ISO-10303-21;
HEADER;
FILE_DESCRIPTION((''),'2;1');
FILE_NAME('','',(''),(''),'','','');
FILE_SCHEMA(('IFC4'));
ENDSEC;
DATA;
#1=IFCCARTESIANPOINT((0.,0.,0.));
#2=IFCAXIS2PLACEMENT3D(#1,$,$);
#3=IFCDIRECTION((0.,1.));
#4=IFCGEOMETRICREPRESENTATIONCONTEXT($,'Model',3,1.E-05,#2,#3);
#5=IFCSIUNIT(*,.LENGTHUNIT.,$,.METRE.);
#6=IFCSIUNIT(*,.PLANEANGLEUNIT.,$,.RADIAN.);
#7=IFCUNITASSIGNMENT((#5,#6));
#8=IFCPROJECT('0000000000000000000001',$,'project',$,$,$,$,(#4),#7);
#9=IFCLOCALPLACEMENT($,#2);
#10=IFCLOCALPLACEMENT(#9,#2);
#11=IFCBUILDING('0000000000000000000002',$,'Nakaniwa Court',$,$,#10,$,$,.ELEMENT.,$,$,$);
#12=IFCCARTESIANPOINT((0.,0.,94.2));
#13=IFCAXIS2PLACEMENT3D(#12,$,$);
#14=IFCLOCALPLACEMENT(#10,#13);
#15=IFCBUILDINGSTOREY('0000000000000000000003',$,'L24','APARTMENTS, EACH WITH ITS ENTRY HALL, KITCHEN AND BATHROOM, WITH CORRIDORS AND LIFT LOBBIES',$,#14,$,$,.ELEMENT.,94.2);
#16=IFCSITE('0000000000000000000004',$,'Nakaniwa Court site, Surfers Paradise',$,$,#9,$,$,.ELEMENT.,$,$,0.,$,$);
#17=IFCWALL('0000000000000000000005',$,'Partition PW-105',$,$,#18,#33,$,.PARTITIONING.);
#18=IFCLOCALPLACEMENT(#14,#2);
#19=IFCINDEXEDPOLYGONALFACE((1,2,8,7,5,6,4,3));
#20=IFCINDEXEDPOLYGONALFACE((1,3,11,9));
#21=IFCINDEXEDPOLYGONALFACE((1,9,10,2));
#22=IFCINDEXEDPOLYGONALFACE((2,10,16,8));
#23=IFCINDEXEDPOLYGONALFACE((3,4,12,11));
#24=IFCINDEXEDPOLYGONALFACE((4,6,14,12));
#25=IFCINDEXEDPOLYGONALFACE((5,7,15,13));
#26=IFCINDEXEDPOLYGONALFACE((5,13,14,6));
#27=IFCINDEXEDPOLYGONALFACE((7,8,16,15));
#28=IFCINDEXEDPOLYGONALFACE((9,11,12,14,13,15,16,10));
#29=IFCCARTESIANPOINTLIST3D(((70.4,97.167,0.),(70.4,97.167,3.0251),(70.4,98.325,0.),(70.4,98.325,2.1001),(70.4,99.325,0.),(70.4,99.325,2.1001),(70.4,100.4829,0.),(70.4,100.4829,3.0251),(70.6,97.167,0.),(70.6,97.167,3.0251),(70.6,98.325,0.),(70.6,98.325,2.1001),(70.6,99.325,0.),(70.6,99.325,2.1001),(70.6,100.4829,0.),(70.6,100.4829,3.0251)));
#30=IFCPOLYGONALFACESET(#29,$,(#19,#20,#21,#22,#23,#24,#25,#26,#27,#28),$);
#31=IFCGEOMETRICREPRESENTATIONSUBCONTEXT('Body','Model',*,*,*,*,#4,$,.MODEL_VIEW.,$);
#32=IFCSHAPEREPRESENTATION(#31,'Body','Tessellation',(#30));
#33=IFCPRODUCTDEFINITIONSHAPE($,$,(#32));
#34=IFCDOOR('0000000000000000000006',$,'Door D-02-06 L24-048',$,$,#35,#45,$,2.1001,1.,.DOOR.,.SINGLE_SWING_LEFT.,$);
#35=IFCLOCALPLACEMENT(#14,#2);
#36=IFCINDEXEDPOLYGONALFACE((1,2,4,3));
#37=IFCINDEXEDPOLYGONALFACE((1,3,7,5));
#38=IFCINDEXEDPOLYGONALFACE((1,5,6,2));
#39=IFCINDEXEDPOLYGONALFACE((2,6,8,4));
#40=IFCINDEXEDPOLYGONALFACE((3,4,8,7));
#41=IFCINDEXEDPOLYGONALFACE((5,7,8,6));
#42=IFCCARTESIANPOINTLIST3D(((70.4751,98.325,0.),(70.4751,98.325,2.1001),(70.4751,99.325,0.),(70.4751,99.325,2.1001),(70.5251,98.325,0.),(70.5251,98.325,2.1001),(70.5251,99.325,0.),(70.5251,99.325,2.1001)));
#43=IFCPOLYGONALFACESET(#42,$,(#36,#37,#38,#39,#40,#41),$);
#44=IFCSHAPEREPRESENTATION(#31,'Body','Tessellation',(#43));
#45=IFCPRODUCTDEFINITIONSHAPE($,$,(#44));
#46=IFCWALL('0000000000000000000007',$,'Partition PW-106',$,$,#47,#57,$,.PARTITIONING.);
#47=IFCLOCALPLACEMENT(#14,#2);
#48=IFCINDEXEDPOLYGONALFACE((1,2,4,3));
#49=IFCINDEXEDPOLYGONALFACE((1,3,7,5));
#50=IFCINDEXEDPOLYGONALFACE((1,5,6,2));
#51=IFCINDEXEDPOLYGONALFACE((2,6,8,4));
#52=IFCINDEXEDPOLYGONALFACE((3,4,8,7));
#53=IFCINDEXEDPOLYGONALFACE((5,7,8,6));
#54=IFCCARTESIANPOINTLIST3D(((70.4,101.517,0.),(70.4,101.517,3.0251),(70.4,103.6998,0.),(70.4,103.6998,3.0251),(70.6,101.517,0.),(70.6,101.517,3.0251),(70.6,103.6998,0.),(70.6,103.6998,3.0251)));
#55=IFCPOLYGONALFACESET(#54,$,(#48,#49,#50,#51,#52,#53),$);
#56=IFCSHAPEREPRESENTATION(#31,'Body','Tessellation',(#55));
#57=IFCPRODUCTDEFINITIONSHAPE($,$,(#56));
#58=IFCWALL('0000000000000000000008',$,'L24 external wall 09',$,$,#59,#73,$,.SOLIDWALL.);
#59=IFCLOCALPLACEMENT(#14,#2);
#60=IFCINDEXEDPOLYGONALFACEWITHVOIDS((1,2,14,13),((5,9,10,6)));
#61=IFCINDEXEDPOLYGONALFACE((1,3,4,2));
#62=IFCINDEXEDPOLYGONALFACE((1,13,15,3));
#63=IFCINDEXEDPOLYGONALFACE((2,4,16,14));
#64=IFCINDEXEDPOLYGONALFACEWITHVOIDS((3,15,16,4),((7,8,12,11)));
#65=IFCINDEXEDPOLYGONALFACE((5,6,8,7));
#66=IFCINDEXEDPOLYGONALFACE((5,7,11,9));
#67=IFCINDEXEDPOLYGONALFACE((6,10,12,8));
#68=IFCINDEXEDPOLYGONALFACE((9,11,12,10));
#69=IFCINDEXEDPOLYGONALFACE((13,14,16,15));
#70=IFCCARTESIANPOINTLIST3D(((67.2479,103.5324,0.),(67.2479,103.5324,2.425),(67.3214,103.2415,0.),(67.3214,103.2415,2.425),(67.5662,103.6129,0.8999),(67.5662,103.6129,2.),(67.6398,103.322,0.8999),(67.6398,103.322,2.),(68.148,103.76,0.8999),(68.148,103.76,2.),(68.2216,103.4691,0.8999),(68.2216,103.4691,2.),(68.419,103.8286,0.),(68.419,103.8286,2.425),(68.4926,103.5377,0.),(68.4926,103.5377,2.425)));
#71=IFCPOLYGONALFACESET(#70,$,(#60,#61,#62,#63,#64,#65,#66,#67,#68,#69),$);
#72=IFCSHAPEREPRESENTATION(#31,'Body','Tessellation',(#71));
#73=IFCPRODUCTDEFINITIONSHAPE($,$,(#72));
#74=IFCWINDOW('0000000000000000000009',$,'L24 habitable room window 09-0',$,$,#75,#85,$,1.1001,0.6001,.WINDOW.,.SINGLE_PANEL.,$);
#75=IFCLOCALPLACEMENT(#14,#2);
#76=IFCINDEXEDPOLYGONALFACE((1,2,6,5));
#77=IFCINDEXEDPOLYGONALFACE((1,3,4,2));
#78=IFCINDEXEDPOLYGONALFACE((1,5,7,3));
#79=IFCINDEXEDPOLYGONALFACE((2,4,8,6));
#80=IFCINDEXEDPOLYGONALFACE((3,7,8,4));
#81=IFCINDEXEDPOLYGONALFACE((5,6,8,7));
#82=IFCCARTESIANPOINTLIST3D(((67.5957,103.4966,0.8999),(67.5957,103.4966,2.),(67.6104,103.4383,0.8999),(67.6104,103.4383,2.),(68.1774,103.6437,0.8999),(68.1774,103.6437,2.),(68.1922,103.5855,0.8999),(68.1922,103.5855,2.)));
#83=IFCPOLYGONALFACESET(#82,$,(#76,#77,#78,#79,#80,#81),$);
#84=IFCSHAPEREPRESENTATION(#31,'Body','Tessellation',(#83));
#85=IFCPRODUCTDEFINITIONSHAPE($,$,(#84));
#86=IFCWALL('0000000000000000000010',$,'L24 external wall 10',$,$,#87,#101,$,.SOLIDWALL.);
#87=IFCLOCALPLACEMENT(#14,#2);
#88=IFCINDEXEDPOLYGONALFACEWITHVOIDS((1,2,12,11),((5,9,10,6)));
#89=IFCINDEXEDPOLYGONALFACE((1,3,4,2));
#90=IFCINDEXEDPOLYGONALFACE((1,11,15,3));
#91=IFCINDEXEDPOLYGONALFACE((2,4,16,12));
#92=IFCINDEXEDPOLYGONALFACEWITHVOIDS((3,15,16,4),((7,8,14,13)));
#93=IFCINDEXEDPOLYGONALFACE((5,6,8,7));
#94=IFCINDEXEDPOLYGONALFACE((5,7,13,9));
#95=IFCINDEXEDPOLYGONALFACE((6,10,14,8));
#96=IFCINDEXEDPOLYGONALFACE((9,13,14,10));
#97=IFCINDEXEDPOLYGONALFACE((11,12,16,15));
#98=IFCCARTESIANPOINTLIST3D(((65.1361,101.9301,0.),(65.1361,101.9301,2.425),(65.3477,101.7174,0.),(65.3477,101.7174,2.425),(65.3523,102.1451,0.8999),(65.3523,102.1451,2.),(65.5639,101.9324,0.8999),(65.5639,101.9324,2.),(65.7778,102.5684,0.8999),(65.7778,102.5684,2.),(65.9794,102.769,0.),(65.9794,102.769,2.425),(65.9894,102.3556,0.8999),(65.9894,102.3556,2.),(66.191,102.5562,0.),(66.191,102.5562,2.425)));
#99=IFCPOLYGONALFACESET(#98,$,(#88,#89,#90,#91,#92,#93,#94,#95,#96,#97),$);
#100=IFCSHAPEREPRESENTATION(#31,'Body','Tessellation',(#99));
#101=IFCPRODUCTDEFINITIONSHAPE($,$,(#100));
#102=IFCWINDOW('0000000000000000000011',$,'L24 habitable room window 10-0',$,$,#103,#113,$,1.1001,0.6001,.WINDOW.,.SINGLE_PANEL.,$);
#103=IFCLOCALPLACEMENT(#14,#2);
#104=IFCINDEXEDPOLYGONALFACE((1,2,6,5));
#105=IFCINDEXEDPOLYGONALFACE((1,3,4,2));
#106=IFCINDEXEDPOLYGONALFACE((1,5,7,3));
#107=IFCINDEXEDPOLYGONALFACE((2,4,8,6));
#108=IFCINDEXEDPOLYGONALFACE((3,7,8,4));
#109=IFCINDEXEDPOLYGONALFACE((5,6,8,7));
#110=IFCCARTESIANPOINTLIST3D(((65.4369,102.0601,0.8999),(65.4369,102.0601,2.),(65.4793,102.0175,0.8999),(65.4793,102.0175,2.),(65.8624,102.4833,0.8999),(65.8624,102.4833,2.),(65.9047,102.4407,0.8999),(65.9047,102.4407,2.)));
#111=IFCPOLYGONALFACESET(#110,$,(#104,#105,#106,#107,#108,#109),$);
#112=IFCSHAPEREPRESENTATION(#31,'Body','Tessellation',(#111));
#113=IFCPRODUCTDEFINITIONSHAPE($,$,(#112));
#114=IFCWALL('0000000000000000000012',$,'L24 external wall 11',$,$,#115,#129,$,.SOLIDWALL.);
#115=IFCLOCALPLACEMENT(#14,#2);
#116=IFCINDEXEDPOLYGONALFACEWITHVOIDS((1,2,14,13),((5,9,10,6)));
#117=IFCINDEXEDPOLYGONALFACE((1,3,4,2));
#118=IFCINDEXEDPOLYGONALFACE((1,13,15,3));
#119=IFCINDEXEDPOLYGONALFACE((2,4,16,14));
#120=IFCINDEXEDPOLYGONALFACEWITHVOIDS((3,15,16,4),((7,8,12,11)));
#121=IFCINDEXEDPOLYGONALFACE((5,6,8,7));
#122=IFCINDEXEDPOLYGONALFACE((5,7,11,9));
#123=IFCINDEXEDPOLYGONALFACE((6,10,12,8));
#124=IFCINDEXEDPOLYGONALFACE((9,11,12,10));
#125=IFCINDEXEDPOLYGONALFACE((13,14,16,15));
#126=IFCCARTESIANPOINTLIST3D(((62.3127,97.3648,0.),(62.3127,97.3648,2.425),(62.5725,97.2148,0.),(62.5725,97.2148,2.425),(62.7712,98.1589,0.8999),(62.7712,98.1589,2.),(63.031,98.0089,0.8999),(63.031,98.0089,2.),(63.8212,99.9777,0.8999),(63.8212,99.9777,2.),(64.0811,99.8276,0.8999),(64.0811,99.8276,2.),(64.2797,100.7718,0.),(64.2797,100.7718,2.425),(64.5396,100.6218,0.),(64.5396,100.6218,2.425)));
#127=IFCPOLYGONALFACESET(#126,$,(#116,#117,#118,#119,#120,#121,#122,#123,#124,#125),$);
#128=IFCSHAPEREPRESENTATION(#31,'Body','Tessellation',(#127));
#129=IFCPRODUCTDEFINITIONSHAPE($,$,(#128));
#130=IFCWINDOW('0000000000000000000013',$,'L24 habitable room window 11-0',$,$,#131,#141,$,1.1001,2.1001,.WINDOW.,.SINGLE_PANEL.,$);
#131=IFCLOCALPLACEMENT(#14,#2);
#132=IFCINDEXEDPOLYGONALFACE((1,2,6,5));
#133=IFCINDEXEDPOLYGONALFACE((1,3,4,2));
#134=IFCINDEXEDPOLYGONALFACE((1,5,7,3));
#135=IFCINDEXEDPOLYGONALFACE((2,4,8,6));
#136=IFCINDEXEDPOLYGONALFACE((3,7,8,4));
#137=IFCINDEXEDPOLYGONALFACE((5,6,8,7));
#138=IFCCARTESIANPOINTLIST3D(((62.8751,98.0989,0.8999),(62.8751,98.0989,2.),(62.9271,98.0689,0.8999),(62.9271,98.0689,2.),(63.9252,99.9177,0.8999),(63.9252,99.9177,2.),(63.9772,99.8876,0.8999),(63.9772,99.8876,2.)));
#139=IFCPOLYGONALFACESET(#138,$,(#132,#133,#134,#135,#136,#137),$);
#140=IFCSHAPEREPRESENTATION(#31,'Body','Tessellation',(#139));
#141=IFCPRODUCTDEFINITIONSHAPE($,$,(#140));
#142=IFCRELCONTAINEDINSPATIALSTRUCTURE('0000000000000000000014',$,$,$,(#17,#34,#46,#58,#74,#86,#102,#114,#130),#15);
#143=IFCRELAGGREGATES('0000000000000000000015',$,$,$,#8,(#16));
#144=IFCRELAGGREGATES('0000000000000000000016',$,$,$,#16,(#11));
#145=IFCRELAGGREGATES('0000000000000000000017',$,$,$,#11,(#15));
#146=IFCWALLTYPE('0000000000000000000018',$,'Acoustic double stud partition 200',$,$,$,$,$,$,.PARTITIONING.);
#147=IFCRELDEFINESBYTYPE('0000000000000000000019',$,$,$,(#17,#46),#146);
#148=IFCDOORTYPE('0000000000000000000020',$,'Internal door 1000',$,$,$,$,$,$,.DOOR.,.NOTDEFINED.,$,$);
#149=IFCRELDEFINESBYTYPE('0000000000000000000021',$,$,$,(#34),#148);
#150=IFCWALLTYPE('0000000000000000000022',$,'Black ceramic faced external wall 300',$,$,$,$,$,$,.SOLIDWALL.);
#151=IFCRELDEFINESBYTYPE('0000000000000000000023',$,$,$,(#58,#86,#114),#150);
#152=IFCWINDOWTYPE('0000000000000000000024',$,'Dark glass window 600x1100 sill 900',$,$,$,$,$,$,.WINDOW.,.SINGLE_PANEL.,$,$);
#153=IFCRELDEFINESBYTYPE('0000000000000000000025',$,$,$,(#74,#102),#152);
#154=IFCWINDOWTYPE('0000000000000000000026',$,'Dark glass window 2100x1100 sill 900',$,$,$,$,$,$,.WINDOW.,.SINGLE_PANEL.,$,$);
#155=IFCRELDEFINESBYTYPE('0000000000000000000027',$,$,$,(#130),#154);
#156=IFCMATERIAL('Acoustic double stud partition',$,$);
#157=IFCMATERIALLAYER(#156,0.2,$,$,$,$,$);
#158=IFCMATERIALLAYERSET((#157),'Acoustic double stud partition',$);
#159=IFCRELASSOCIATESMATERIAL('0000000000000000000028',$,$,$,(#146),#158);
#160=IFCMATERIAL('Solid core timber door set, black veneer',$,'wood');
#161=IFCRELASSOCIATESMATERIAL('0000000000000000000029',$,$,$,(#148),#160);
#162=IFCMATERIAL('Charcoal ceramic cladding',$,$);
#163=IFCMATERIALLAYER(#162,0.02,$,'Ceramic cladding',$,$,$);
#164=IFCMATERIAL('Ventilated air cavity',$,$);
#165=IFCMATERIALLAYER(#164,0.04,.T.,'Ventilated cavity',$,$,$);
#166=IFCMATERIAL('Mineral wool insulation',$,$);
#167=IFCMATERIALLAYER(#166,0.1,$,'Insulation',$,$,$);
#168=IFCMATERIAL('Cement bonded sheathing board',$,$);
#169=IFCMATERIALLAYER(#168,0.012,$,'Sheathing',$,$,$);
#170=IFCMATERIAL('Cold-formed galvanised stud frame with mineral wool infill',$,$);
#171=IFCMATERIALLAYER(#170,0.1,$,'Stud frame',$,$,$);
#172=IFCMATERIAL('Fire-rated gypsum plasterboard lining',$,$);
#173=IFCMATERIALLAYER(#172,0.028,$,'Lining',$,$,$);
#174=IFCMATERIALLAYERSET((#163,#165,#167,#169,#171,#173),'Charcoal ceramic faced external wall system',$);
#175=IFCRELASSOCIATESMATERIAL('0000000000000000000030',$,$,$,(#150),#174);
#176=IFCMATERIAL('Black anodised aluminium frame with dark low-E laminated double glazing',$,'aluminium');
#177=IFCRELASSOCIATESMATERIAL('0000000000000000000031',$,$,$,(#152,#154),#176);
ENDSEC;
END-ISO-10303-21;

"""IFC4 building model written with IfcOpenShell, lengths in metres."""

from ifc_helpers import new_model, si_unit, direction, frame, frame_2d, origin, place, context, subcontext, project, spatial, rectangle, extrude, material, layer, layer_set, type_object, element, fill, save


model = new_model("IFC4")

# Units and contexts
model_context = context("Model", 3, precision=1e-05, world=origin(), true_north=direction((0.0, 1.0)))
body_context = subcontext(model_context, "Body", "Model", "MODEL_VIEW")
ifc_project = project(units=[si_unit("LENGTHUNIT", "METRE"), si_unit("PLANEANGLEUNIT", "RADIAN")], contexts=[model_context])

# Site, building, storey
site_placement = place(None, origin())
site = spatial("IfcSite", under=ifc_project, at=site_placement, Name="Nakaniwa Court site, Surfers Paradise", CompositionType="ELEMENT", RefElevation=0.0)
building_placement = place(site_placement, origin())
building = spatial("IfcBuilding", under=site, at=building_placement, Name="Nakaniwa Court", CompositionType="ELEMENT")
storey_placement = place(building_placement, frame((0.0, 0.0, 94.2)))
storey = spatial("IfcBuildingStorey", under=building, at=storey_placement, Name="L24", Description="APARTMENTS, EACH WITH ITS ENTRY HALL, KITCHEN AND BATHROOM, WITH CORRIDORS AND LIFT LOBBIES", CompositionType="ELEMENT", Elevation=94.2)

# Shared definitions
ifc_material_1 = material(Name="Acoustic double stud partition")
ifc_layer_1 = layer(ifc_material_1, 0.2)
ifc_layer_set_1 = layer_set([ifc_layer_1], Name="Acoustic double stud partition")
wall_type_1 = type_object("IfcWallType", Name="Acoustic double stud partition 200", PredefinedType="PARTITIONING", material=ifc_layer_set_1)

# Wall, opening, door
wall_1_placement = place(storey_placement, frame((70.5, 97.167, 0.0), z_axis=(0.0, 0.0, 1.0), x_axis=(0.0, 1.0, 0.0)))
wall_1 = element("IfcWall", 1, at=wall_1_placement, inside=storey, type_object=wall_type_1, Name="Partition PW-105", PredefinedType="PARTITIONING", context=body_context, shape_type="SweptSolid", body=[
    extrude(rectangle(XDim=3.3159, YDim=0.2, at=frame_2d((1.658, 0.0))), origin(), (0.0, 0.0, 1.0), 3.0251),
])
opening_1_placement = place(wall_1_placement, frame((1.158, 0.0, 0.0)))
opening_1 = element("IfcOpeningElement", 2, at=opening_1_placement, cuts=wall_1, PredefinedType="OPENING", context=body_context, shape_type="SweptSolid", body=[
    extrude(rectangle(XDim=1.0, YDim=2.1001, at=frame_2d((0.5, 1.05))), frame((0.0, 0.1099, 0.0), z_axis=(0.0, -1.0, 0.0), x_axis=(1.0, 0.0, 0.0)), (0.0, 0.0, 1.0), 0.22),
])
ifc_material_2 = material(Name="Solid core timber door set, black veneer", Category="wood")
door_type_1 = type_object("IfcDoorType", Name="Internal door 1000", OperationType="NOTDEFINED", PredefinedType="DOOR", material=ifc_material_2)
door_1_placement = place(opening_1_placement, origin())
door_1 = element("IfcDoor", 3, at=door_1_placement, inside=storey, type_object=door_type_1, Name="Door D-02-06 L24-048", OperationType="SINGLE_SWING_LEFT", OverallHeight=2.1001, OverallWidth=1.0, PredefinedType="DOOR", context=body_context, shape_type="SweptSolid", body=[
    extrude(rectangle(XDim=1.0, YDim=2.1001, at=frame_2d((0.5, 1.05))), frame((0.0, 0.0249, 0.0), z_axis=(0.0, -1.0, 0.0), x_axis=(1.0, 0.0, 0.0)), (0.0, 0.0, 1.0), 0.05),
])
fill(opening_1, door_1)

# Wall
wall_2_placement = place(storey_placement, frame((70.5, 101.5171, 0.0), z_axis=(0.0, 0.0, 1.0), x_axis=(0.0, 1.0, 0.0)))
element("IfcWall", 4, at=wall_2_placement, inside=storey, type_object=wall_type_1, Name="Partition PW-106", PredefinedType="PARTITIONING", context=body_context, shape_type="SweptSolid", body=[
    extrude(rectangle(XDim=2.1829, YDim=0.2, at=frame_2d((1.0913, 0.0))), origin(), (0.0, 0.0, 1.0), 3.0251),
])

# Walls, openings, windows
ifc_material_3 = material(Name="Charcoal ceramic cladding")
ifc_layer_2 = layer(ifc_material_3, 0.02, Name="Ceramic cladding")
ifc_material_4 = material(Name="Ventilated air cavity")
ifc_layer_3 = layer(ifc_material_4, 0.04, ventilated=True, Name="Ventilated cavity")
ifc_material_5 = material(Name="Mineral wool insulation")
ifc_layer_4 = layer(ifc_material_5, 0.1, Name="Insulation")
ifc_material_6 = material(Name="Cement bonded sheathing board")
ifc_layer_5 = layer(ifc_material_6, 0.012, Name="Sheathing")
ifc_material_7 = material(Name="Cold-formed galvanised stud frame with mineral wool infill")
ifc_layer_6 = layer(ifc_material_7, 0.1, Name="Stud frame")
ifc_material_8 = material(Name="Fire-rated gypsum plasterboard lining")
ifc_layer_7 = layer(ifc_material_8, 0.028, Name="Lining")
ifc_layer_set_2 = layer_set([ifc_layer_2, ifc_layer_3, ifc_layer_4, ifc_layer_5, ifc_layer_6, ifc_layer_7], Name="Charcoal ceramic faced external wall system")
wall_type_2 = type_object("IfcWallType", Name="Black ceramic faced external wall 300", PredefinedType="SOLIDWALL", material=ifc_layer_set_2)
wall_3_placement = place(storey_placement, frame((68.4558, 103.6831, 0.0), z_axis=(0.0, 0.0, 1.0), x_axis=(-0.969485, -0.24515, 0.0)))
wall_3 = element("IfcWall", 5, at=wall_3_placement, inside=storey, type_object=wall_type_2, Name="L24 external wall 09", PredefinedType="SOLIDWALL", context=body_context, shape_type="SweptSolid", body=[
    extrude(rectangle(XDim=1.208, YDim=0.3, at=frame_2d((0.604, 0.0))), origin(), (0.0, 0.0, 1.0), 2.425),
])
opening_2_placement = place(wall_3_placement, frame((0.2795, 0.0, 0.8999)))
opening_2 = element("IfcOpeningElement", 6, at=opening_2_placement, cuts=wall_3, PredefinedType="OPENING", context=body_context, shape_type="SweptSolid", body=[
    extrude(rectangle(XDim=0.6001, YDim=1.1001, at=frame_2d((0.3, 0.55))), frame((0.0, 0.1599, 0.0), z_axis=(0.0, -1.0, 0.0), x_axis=(1.0, 0.0, 0.0)), (0.0, 0.0, 1.0), 0.3201),
])
ifc_material_9 = material(Name="Black anodised aluminium frame with dark low-E laminated double glazing", Category="aluminium")
window_type_1 = type_object("IfcWindowType", Name="Dark glass window 600x1100 sill 900", PartitioningType="SINGLE_PANEL", PredefinedType="WINDOW", material=ifc_material_9)
window_1_placement = place(opening_2_placement, origin())
window_1 = element("IfcWindow", 7, at=window_1_placement, inside=storey, type_object=window_type_1, Name="L24 habitable room window 09-0", OverallHeight=1.1001, OverallWidth=0.6001, PartitioningType="SINGLE_PANEL", PredefinedType="WINDOW", context=body_context, shape_type="SweptSolid", body=[
    extrude(rectangle(XDim=0.6001, YDim=1.1001, at=frame_2d((0.3, 0.55))), frame((0.0, 0.03, 0.0), z_axis=(0.0, -1.0, 0.0), x_axis=(1.0, 0.0, 0.0)), (0.0, 0.0, 1.0), 0.0601),
])
fill(opening_2, window_1)
wall_4_placement = place(storey_placement, frame((66.0852, 102.6626, 0.0), z_axis=(0.0, 0.0, 1.0), x_axis=(-0.708952, -0.705257, 0.0)))
wall_4 = element("IfcWall", 8, at=wall_4_placement, inside=storey, type_object=wall_type_2, Name="L24 external wall 10", PredefinedType="SOLIDWALL", context=body_context, shape_type="SweptSolid", body=[
    extrude(rectangle(XDim=1.1895, YDim=0.3, at=frame_2d((0.5947, 0.0))), origin(), (0.0, 0.0, 1.0), 2.425),
])
opening_3_placement = place(wall_4_placement, frame((0.2844, 0.0, 0.8999)))
opening_3 = element("IfcOpeningElement", 9, at=opening_3_placement, cuts=wall_4, PredefinedType="OPENING", context=body_context, shape_type="SweptSolid", body=[
    extrude(rectangle(XDim=0.6001, YDim=1.1001, at=frame_2d((0.3, 0.55))), frame((0.0, 0.1599, 0.0), z_axis=(0.0, -1.0, 0.0), x_axis=(1.0, 0.0, 0.0)), (0.0, 0.0, 1.0), 0.3201),
])
window_2_placement = place(opening_3_placement, origin())
window_2 = element("IfcWindow", 10, at=window_2_placement, inside=storey, type_object=window_type_1, Name="L24 habitable room window 10-0", OverallHeight=1.1001, OverallWidth=0.6001, PartitioningType="SINGLE_PANEL", PredefinedType="WINDOW", context=body_context, shape_type="SweptSolid", body=[
    extrude(rectangle(XDim=0.6001, YDim=1.1001, at=frame_2d((0.3, 0.55))), frame((0.0, 0.03, 0.0), z_axis=(0.0, -1.0, 0.0), x_axis=(1.0, 0.0, 0.0)), (0.0, 0.0, 1.0), 0.0601),
])
fill(opening_3, window_2)
wall_5_placement = place(storey_placement, frame((64.4097, 100.6968, 0.0), z_axis=(0.0, 0.0, 1.0), x_axis=(-0.500004, -0.866023, 0.0)))
wall_5 = element("IfcWall", 11, at=wall_5_placement, inside=storey, type_object=wall_type_2, Name="L24 external wall 11", PredefinedType="SOLIDWALL", context=body_context, shape_type="SweptSolid", body=[
    extrude(rectangle(XDim=3.9341, YDim=0.3, at=frame_2d((1.967, 0.0))), origin(), (0.0, 0.0, 1.0), 2.425),
])
opening_4_placement = place(wall_5_placement, frame((0.917, 0.0, 0.8999)))
opening_4 = element("IfcOpeningElement", 12, at=opening_4_placement, cuts=wall_5, PredefinedType="OPENING", context=body_context, shape_type="SweptSolid", body=[
    extrude(rectangle(XDim=2.1001, YDim=1.1001, at=frame_2d((1.05, 0.55))), frame((0.0, 0.1599, 0.0), z_axis=(0.0, -1.0, 0.0), x_axis=(1.0, 0.0, 0.0)), (0.0, 0.0, 1.0), 0.3201),
])
window_type_2 = type_object("IfcWindowType", Name="Dark glass window 2100x1100 sill 900", PartitioningType="SINGLE_PANEL", PredefinedType="WINDOW", material=ifc_material_9)
window_3_placement = place(opening_4_placement, origin())
window_3 = element("IfcWindow", 13, at=window_3_placement, inside=storey, type_object=window_type_2, Name="L24 habitable room window 11-0", OverallHeight=1.1001, OverallWidth=2.1001, PartitioningType="SINGLE_PANEL", PredefinedType="WINDOW", context=body_context, shape_type="SweptSolid", body=[
    extrude(rectangle(XDim=2.1001, YDim=1.1001, at=frame_2d((1.05, 0.55))), frame((0.0, 0.03, 0.0), z_axis=(0.0, -1.0, 0.0), x_axis=(1.0, 0.0, 0.0)), (0.0, 0.0, 1.0), 0.0601),
])
fill(opening_4, window_3)

save(model, "model.ifc")
